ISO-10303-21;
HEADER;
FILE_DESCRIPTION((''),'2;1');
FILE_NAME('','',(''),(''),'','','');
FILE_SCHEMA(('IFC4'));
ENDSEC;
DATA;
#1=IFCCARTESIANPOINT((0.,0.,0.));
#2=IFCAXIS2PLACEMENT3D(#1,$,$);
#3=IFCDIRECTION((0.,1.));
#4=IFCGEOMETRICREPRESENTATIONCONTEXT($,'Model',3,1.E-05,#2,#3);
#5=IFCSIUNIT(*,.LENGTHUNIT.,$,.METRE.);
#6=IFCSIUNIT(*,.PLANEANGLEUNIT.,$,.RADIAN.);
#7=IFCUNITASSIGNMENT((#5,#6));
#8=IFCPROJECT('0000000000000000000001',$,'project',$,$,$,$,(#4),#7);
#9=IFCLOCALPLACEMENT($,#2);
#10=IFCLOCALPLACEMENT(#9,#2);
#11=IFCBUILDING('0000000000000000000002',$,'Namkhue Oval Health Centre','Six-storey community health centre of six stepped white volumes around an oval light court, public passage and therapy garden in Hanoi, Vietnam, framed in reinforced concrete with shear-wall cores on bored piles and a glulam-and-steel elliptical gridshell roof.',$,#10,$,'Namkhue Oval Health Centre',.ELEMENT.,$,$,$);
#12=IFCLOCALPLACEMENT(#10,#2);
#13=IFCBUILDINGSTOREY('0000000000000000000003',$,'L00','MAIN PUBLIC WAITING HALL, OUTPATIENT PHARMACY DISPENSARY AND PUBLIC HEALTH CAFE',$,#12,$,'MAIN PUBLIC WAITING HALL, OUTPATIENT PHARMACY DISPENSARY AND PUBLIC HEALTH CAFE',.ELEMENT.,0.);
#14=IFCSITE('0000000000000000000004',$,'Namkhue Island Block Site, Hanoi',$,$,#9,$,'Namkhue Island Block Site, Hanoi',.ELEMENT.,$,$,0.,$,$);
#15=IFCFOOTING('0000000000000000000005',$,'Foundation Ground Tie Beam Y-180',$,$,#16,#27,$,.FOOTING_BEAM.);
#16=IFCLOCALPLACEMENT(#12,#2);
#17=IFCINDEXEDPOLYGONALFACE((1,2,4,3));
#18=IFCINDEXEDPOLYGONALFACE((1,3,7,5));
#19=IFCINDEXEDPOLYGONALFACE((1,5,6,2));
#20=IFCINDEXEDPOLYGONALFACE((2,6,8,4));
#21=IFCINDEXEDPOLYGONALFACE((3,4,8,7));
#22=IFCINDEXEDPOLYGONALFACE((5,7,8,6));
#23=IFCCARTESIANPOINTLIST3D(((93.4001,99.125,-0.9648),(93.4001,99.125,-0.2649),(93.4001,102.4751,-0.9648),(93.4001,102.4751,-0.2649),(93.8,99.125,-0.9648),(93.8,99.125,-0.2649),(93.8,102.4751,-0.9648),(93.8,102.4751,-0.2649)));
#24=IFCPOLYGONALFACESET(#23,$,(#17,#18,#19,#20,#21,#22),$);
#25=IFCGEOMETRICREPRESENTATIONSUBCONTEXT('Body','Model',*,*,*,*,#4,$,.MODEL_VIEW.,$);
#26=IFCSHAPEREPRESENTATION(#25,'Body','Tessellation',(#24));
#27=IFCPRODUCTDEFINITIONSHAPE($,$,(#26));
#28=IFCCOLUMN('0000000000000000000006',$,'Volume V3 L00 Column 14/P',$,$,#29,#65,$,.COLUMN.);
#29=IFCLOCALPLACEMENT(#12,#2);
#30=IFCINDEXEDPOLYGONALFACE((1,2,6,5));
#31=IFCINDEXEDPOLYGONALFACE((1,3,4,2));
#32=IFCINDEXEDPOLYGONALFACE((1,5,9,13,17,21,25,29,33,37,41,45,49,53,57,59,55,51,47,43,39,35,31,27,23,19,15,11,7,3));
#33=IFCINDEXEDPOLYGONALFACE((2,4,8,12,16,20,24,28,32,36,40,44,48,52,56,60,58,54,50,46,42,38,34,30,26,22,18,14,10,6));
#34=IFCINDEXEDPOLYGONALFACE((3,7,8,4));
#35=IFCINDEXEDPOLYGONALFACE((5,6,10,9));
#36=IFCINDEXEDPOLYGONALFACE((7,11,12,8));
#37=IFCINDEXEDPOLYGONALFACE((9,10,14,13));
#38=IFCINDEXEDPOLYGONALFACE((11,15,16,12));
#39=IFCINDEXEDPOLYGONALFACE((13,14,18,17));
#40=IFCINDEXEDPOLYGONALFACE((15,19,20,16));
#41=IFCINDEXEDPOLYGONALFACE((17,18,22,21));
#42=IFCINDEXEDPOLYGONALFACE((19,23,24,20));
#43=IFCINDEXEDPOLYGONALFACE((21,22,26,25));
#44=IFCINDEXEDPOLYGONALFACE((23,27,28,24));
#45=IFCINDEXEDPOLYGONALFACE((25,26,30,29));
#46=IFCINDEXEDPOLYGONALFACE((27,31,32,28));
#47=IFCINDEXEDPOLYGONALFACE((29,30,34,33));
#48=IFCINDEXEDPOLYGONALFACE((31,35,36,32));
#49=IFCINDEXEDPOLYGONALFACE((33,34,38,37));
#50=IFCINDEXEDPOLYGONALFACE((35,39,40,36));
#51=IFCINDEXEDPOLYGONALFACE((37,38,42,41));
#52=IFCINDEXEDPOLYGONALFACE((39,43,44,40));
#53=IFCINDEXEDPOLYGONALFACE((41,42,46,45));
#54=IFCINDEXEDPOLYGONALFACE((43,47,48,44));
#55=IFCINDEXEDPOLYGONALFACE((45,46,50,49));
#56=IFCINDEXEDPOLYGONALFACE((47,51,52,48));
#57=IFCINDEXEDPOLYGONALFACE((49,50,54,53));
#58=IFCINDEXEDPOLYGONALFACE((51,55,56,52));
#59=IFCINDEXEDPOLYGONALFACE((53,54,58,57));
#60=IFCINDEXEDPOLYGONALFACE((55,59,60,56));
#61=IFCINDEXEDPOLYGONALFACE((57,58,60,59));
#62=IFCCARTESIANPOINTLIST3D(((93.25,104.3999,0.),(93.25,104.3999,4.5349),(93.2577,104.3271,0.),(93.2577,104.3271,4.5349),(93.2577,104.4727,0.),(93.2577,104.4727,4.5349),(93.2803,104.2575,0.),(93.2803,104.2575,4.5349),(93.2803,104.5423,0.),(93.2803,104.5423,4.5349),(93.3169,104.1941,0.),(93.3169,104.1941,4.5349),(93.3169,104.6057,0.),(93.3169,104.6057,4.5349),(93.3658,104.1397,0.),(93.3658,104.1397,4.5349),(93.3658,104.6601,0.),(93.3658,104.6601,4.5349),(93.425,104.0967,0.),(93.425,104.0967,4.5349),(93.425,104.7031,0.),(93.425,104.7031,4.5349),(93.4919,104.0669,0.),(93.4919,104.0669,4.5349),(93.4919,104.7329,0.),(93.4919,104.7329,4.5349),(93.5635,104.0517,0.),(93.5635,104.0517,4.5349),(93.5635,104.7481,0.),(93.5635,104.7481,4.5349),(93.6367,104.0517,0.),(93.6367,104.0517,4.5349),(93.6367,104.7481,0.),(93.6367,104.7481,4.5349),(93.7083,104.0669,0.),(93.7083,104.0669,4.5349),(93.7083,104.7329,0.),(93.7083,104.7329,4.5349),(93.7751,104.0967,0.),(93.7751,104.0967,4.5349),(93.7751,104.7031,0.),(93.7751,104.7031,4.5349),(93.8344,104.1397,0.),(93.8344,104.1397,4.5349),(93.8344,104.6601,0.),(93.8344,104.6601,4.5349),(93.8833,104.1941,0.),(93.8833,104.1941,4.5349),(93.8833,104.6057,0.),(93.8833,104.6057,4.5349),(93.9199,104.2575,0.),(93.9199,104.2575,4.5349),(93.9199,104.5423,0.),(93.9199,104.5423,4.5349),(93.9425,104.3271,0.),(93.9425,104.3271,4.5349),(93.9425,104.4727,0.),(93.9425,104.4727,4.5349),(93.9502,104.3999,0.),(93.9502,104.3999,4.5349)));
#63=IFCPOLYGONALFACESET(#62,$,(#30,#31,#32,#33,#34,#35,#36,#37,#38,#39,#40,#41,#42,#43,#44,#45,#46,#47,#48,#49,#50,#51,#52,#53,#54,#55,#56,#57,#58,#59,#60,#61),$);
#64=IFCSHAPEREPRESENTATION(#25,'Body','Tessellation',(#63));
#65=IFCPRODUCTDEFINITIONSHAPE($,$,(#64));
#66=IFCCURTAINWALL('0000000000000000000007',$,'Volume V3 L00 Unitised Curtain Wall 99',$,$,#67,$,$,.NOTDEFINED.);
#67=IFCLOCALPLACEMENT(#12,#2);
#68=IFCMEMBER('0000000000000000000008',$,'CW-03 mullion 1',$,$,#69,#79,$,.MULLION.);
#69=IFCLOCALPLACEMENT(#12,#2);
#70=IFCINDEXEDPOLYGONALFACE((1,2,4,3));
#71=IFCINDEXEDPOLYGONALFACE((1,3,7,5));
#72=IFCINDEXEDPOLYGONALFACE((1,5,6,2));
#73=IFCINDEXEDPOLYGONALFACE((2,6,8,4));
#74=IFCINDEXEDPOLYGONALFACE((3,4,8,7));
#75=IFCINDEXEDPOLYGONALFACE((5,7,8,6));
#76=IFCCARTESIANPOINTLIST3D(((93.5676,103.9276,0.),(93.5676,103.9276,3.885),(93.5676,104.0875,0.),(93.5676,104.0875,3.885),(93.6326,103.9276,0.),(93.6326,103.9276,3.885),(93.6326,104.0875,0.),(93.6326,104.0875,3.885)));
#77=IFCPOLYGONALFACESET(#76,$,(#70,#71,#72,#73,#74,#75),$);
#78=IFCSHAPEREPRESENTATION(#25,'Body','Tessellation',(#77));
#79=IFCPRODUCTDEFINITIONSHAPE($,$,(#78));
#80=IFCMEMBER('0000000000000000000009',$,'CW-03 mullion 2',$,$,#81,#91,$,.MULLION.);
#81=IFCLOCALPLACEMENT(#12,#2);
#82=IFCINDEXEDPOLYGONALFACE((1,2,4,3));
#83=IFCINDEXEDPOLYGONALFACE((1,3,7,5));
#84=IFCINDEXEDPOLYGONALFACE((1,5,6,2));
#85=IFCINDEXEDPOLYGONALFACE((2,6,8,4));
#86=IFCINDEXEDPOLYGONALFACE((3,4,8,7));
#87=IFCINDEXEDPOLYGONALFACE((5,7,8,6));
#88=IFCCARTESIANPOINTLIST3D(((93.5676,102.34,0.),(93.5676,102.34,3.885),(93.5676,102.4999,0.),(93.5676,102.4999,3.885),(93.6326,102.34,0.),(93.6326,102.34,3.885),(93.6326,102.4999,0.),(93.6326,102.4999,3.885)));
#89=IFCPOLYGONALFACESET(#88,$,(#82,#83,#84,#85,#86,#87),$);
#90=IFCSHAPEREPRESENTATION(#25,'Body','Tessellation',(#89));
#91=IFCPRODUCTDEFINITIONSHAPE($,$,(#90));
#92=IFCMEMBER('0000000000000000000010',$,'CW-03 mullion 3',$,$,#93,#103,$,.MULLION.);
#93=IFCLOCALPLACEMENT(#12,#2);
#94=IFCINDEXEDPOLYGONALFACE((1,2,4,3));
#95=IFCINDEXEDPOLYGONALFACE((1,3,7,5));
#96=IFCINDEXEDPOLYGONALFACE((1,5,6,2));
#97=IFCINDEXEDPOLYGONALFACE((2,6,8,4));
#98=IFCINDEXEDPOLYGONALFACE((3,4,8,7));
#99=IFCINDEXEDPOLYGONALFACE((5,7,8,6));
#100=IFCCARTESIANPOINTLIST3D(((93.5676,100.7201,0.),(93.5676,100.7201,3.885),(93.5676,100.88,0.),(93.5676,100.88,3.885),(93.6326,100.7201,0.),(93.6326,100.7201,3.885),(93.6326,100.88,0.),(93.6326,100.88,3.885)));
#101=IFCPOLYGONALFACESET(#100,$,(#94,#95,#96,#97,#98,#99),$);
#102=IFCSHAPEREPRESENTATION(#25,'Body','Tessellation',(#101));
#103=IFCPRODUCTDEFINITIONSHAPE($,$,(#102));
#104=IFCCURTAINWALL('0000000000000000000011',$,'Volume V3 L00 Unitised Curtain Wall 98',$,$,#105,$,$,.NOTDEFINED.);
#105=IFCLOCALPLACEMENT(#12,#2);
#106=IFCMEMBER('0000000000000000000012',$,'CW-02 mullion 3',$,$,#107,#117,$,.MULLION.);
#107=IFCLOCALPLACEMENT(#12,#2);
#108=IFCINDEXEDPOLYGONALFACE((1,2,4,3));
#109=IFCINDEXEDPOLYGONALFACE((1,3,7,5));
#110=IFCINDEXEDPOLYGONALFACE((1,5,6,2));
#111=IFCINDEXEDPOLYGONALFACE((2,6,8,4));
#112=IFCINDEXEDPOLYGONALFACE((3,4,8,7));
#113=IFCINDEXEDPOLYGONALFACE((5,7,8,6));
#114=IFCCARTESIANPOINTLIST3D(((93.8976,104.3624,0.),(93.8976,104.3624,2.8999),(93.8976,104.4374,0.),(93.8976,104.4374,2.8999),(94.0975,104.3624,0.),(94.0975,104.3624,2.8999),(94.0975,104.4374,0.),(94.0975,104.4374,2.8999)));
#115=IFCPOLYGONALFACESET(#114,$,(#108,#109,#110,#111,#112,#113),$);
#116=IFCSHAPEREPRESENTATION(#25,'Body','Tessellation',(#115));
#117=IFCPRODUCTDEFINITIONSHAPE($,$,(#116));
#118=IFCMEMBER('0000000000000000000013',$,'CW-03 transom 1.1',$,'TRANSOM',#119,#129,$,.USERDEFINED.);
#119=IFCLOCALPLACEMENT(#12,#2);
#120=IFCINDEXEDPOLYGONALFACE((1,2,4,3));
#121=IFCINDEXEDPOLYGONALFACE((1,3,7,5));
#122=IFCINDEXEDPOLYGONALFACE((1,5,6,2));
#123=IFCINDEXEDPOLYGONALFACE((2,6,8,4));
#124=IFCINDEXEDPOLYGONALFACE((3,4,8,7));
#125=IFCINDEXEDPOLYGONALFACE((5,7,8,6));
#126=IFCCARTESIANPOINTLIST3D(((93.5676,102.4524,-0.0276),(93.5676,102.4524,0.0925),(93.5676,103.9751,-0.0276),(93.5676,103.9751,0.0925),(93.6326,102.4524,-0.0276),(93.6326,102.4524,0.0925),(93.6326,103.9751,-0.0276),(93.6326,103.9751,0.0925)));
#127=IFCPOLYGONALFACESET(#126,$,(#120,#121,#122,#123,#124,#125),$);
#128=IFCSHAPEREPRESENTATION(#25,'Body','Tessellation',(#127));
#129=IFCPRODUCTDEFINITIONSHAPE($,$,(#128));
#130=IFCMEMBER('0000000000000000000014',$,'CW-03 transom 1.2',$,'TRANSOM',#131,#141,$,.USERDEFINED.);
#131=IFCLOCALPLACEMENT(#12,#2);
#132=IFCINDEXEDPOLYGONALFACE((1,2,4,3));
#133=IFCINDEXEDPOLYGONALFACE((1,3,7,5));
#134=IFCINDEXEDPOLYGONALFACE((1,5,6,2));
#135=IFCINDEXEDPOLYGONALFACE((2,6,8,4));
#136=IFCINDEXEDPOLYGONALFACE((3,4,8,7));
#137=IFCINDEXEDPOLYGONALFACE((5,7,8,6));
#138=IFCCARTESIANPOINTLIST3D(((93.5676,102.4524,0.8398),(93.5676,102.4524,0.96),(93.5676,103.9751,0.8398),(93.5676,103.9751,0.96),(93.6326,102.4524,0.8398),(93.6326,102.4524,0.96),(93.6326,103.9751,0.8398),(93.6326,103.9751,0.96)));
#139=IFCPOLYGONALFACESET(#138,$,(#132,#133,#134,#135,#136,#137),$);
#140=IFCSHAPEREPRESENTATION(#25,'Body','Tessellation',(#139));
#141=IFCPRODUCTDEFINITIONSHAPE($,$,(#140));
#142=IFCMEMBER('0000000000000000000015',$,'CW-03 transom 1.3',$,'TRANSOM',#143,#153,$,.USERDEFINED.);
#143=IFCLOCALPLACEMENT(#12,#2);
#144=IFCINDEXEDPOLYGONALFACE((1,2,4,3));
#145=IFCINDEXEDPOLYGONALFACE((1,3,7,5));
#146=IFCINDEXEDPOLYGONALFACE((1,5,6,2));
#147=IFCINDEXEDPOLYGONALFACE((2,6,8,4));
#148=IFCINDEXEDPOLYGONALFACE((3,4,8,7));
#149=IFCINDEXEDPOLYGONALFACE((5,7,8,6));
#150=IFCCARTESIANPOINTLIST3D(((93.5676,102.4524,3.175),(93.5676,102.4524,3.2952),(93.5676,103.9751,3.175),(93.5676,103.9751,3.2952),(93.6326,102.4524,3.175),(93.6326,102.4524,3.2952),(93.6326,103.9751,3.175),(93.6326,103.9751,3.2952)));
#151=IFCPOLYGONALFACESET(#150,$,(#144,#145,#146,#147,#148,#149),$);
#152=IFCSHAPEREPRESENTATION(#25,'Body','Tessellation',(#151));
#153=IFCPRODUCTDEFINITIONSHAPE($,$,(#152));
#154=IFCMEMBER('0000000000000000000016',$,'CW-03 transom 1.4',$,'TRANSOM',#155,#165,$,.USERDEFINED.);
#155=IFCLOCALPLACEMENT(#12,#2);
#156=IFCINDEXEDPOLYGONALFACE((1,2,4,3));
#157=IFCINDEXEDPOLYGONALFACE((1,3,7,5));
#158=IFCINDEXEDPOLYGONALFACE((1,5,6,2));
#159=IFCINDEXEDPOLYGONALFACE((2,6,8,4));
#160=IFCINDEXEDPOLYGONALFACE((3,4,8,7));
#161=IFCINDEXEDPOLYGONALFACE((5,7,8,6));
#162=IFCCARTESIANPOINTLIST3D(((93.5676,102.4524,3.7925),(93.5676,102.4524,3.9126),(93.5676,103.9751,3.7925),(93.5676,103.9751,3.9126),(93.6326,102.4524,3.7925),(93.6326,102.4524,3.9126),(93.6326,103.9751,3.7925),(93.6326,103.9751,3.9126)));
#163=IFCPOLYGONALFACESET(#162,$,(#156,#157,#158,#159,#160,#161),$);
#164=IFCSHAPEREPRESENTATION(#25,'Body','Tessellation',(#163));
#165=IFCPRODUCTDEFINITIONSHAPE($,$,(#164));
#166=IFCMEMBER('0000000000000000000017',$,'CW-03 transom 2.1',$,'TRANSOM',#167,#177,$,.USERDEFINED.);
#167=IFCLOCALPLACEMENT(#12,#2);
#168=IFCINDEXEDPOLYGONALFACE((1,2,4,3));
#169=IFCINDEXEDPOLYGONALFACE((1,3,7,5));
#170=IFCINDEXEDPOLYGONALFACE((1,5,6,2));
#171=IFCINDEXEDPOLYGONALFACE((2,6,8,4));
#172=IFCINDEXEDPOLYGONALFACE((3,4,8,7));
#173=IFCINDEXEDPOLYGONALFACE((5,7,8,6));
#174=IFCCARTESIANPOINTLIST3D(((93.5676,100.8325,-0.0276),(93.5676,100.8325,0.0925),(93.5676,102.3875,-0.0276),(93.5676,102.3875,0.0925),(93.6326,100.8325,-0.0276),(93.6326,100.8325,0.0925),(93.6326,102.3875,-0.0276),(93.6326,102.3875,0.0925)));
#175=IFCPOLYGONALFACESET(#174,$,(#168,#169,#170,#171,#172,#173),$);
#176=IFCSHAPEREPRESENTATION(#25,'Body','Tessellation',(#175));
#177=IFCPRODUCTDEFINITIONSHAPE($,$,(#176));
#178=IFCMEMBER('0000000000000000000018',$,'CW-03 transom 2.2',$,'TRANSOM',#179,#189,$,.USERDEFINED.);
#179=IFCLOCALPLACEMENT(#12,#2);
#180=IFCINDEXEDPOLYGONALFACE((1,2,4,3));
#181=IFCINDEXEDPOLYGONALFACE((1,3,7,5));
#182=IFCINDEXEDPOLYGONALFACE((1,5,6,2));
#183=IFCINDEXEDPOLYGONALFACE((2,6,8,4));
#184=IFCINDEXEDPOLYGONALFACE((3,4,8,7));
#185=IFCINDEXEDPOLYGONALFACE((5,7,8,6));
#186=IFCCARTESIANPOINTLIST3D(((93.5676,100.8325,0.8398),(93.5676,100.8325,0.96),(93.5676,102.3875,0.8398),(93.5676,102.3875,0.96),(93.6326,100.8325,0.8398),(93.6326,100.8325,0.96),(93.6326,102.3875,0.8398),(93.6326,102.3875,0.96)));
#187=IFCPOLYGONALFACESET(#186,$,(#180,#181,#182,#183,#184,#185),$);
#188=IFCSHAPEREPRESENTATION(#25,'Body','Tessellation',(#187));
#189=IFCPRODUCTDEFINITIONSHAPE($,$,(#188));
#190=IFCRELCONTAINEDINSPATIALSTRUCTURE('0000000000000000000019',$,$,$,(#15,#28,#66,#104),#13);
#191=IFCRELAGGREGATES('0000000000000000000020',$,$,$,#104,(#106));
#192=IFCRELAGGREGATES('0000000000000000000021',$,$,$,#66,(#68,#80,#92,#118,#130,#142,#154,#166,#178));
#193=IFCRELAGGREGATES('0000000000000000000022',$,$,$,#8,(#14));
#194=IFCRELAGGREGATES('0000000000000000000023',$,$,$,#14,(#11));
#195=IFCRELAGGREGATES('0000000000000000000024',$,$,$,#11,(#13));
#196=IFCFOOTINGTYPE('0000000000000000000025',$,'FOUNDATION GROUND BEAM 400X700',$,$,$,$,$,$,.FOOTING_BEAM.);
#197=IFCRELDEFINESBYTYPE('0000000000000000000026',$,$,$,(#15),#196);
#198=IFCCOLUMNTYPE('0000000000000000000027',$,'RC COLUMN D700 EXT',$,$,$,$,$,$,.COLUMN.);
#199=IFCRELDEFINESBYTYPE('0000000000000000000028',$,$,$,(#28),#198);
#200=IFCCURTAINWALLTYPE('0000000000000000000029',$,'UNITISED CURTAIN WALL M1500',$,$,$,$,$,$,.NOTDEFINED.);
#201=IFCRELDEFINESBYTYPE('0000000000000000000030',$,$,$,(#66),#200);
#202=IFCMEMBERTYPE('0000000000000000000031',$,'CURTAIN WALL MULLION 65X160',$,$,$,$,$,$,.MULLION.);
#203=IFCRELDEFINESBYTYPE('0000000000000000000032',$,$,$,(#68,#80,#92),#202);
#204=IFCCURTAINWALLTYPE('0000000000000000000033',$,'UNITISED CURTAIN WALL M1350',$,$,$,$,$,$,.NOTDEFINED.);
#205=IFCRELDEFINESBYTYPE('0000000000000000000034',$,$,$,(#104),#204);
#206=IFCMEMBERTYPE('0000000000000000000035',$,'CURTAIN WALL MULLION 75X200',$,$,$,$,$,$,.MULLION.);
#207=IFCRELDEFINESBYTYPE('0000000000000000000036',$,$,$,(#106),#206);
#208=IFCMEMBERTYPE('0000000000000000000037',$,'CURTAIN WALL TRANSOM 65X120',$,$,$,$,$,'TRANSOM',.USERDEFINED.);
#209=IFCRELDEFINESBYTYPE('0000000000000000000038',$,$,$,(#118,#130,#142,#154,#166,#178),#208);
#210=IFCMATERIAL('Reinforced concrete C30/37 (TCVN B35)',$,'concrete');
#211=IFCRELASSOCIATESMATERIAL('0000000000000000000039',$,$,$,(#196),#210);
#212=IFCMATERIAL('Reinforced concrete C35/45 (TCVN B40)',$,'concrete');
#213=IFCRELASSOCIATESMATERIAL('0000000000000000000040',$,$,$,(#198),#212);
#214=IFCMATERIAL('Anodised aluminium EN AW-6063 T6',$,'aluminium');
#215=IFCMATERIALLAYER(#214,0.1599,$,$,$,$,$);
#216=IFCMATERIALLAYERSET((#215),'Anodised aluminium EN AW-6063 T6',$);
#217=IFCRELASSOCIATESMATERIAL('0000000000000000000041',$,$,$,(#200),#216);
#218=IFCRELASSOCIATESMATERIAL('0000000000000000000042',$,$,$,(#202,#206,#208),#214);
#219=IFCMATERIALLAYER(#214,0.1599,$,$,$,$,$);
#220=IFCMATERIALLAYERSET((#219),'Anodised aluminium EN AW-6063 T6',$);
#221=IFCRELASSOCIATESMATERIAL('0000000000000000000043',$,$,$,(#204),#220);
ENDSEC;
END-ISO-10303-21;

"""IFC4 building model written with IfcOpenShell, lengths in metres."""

from ifc_helpers import new_model, si_unit, direction, frame, origin, origin_2d, place, context, subcontext, project, spatial, rectangle, circle, extrude, material, layer, layer_set, material_profile, profile_set, type_object, element, aggregate, save


model = new_model("IFC4")

# Units and contexts
model_context = context("Model", 3, precision=1e-05, world=origin(), true_north=direction((0.0, 1.0)))
body_context = subcontext(model_context, "Body", "Model", "MODEL_VIEW")
ifc_project = project(units=[si_unit("LENGTHUNIT", "METRE"), si_unit("PLANEANGLEUNIT", "RADIAN")], contexts=[model_context])

# Site, building, storey
site_placement = place(None, origin())
site = spatial("IfcSite", under=ifc_project, at=site_placement, Name="Namkhue Island Block Site, Hanoi", LongName="Namkhue Island Block Site, Hanoi", CompositionType="ELEMENT", RefElevation=0.0)
building_placement = place(site_placement, origin())
building = spatial("IfcBuilding", under=site, at=building_placement, Name="Namkhue Oval Health Centre", Description="Six-storey community health centre of six stepped white volumes around an oval light court, public passage and therapy garden in Hanoi, Vietnam, framed in reinforced concrete with shear-wall cores on bored piles and a glulam-and-steel elliptical gridshell roof.", LongName="Namkhue Oval Health Centre", CompositionType="ELEMENT")
storey_placement = place(building_placement, origin())
storey = spatial("IfcBuildingStorey", under=building, at=storey_placement, Name="L00", Description="MAIN PUBLIC WAITING HALL, OUTPATIENT PHARMACY DISPENSARY AND PUBLIC HEALTH CAFE", LongName="MAIN PUBLIC WAITING HALL, OUTPATIENT PHARMACY DISPENSARY AND PUBLIC HEALTH CAFE", CompositionType="ELEMENT", Elevation=0.0)

# Footing
ifc_material_1 = material(Name="Reinforced concrete C30/37 (TCVN B35)", Category="concrete")
footing_type = type_object("IfcFootingType", Name="FOUNDATION GROUND BEAM 400X700", PredefinedType="FOOTING_BEAM", material=ifc_material_1)
footing_placement = place(storey_placement, frame((93.6001, 100.8, -0.9648), z_axis=(0.0, 0.0, 1.0), x_axis=(0.0, 1.0, 0.0)))
element("IfcFooting", 1, at=footing_placement, inside=storey, type_object=footing_type, Name="Foundation Ground Tie Beam Y-180", PredefinedType="FOOTING_BEAM", context=body_context, shape_type="SweptSolid", body=[
    extrude(rectangle(XDim=3.3501, YDim=0.3999, at=origin_2d()), origin(), (0.0, 0.0, 1.0), 0.7),
])

# Column
ifc_material_2 = material(Name="Reinforced concrete C35/45 (TCVN B40)", Category="concrete")
ifc_material_profile_1 = material_profile(ifc_material_2, circle(Radius=0.3501, at=origin_2d()), Name="RC D700")
ifc_profile_set_1 = profile_set([ifc_material_profile_1], Name="Reinforced concrete C35/45 (TCVN B40)")
column_type = type_object("IfcColumnType", Name="RC COLUMN D700 EXT", PredefinedType="COLUMN", material=ifc_profile_set_1)
column_placement = place(storey_placement, frame((93.6001, 104.3999, 0.0), z_axis=(0.0, 0.0, 1.0), x_axis=(1.0, 0.0, 0.0)))
element("IfcColumn", 2, at=column_placement, inside=storey, type_object=column_type, Name="Volume V3 L00 Column 14/P", PredefinedType="COLUMN", context=body_context, shape_type="SweptSolid", body=[
    extrude(circle(Radius=0.3501, at=origin_2d()), origin(), (0.0, 0.0, 1.0), 4.5349),
])

# Curtain wall, members
ifc_material_3 = material(Name="Anodised aluminium EN AW-6063 T6", Category="aluminium")
ifc_layer_1 = layer(ifc_material_3, 0.1599)
ifc_layer_set_1 = layer_set([ifc_layer_1], Name="Anodised aluminium EN AW-6063 T6")
curtain_wall_type_1 = type_object("IfcCurtainWallType", Name="UNITISED CURTAIN WALL M1500", PredefinedType="NOTDEFINED", material=ifc_layer_set_1)
curtain_wall_1_placement = place(storey_placement, origin())
curtain_wall_1 = element("IfcCurtainWall", 3, at=curtain_wall_1_placement, inside=storey, type_object=curtain_wall_type_1, Name="Volume V3 L00 Unitised Curtain Wall 99", PredefinedType="NOTDEFINED")
ifc_material_profile_2 = material_profile(ifc_material_3, rectangle(XDim=0.0649, YDim=0.1599, at=origin_2d()), Name="ALU 65x160")
ifc_profile_set_2 = profile_set([ifc_material_profile_2], Name="Anodised aluminium EN AW-6063 T6")
member_type_1 = type_object("IfcMemberType", Name="CURTAIN WALL MULLION 65X160", PredefinedType="MULLION", material=ifc_profile_set_2)
member_1_placement = place(storey_placement, frame((93.6001, 104.0076, 0.0), z_axis=(0.0, 0.0, 1.0), x_axis=(1.0, 0.0, 0.0)))
member_1 = element("IfcMember", 4, at=member_1_placement, type_object=member_type_1, Name="CW-03 mullion 1", PredefinedType="MULLION", context=body_context, shape_type="SweptSolid", body=[
    extrude(rectangle(XDim=0.0649, YDim=0.1599, at=origin_2d()), origin(), (0.0, 0.0, 1.0), 3.885),
])
member_2_placement = place(storey_placement, frame((93.6001, 102.4199, 0.0), z_axis=(0.0, 0.0, 1.0), x_axis=(1.0, 0.0, 0.0)))
member_2 = element("IfcMember", 5, at=member_2_placement, type_object=member_type_1, Name="CW-03 mullion 2", PredefinedType="MULLION", context=body_context, shape_type="SweptSolid", body=[
    extrude(rectangle(XDim=0.0649, YDim=0.1599, at=origin_2d()), origin(), (0.0, 0.0, 1.0), 3.885),
])
member_3_placement = place(storey_placement, frame((93.6001, 100.8, 0.0), z_axis=(0.0, 0.0, 1.0), x_axis=(1.0, 0.0, 0.0)))
member_3 = element("IfcMember", 6, at=member_3_placement, type_object=member_type_1, Name="CW-03 mullion 3", PredefinedType="MULLION", context=body_context, shape_type="SweptSolid", body=[
    extrude(rectangle(XDim=0.0649, YDim=0.1599, at=origin_2d()), origin(), (0.0, 0.0, 1.0), 3.885),
])

# Curtain wall, member
ifc_layer_2 = layer(ifc_material_3, 0.1599)
ifc_layer_set_2 = layer_set([ifc_layer_2], Name="Anodised aluminium EN AW-6063 T6")
curtain_wall_type_2 = type_object("IfcCurtainWallType", Name="UNITISED CURTAIN WALL M1350", PredefinedType="NOTDEFINED", material=ifc_layer_set_2)
curtain_wall_2_placement = place(storey_placement, origin())
curtain_wall_2 = element("IfcCurtainWall", 7, at=curtain_wall_2_placement, inside=storey, type_object=curtain_wall_type_2, Name="Volume V3 L00 Unitised Curtain Wall 98", PredefinedType="NOTDEFINED")
ifc_material_profile_3 = material_profile(ifc_material_3, rectangle(XDim=0.075, YDim=0.2, at=origin_2d()), Name="ALU 75x200")
ifc_profile_set_3 = profile_set([ifc_material_profile_3], Name="Anodised aluminium EN AW-6063 T6")
member_type_2 = type_object("IfcMemberType", Name="CURTAIN WALL MULLION 75X200", PredefinedType="MULLION", material=ifc_profile_set_3)
member_4_placement = place(storey_placement, frame((93.9976, 104.3999, 0.0), z_axis=(0.0, 0.0, 1.0), x_axis=(0.0, -1.0, 0.0)))
member_4 = element("IfcMember", 8, at=member_4_placement, type_object=member_type_2, Name="CW-02 mullion 3", PredefinedType="MULLION", context=body_context, shape_type="SweptSolid", body=[
    extrude(rectangle(XDim=0.075, YDim=0.2, at=origin_2d()), origin(), (0.0, 0.0, 1.0), 2.8999),
])

# Members
ifc_material_profile_4 = material_profile(ifc_material_3, rectangle(XDim=0.0649, YDim=0.1201, at=origin_2d()), Name="ALU 65x120")
ifc_profile_set_4 = profile_set([ifc_material_profile_4], Name="Anodised aluminium EN AW-6063 T6")
member_type_3 = type_object("IfcMemberType", Name="CURTAIN WALL TRANSOM 65X120", ElementType="TRANSOM", PredefinedType="USERDEFINED", material=ifc_profile_set_4)
member_5_placement = place(storey_placement, frame((93.6001, 103.9751, 0.0325), z_axis=(0.0, -1.0, 0.0), x_axis=(1.0, 0.0, 0.0)))
member_5 = element("IfcMember", 9, at=member_5_placement, type_object=member_type_3, Name="CW-03 transom 1.1", ObjectType="TRANSOM", PredefinedType="USERDEFINED", context=body_context, shape_type="SweptSolid", body=[
    extrude(rectangle(XDim=0.0649, YDim=0.1201, at=origin_2d()), origin(), (0.0, 0.0, 1.0), 1.5227),
])
member_6_placement = place(storey_placement, frame((93.6001, 103.9751, 0.8999), z_axis=(0.0, -1.0, 0.0), x_axis=(1.0, 0.0, 0.0)))
member_6 = element("IfcMember", 10, at=member_6_placement, type_object=member_type_3, Name="CW-03 transom 1.2", ObjectType="TRANSOM", PredefinedType="USERDEFINED", context=body_context, shape_type="SweptSolid", body=[
    extrude(rectangle(XDim=0.0649, YDim=0.1201, at=origin_2d()), origin(), (0.0, 0.0, 1.0), 1.5227),
])
member_7_placement = place(storey_placement, frame((93.6001, 103.9751, 3.2351), z_axis=(0.0, -1.0, 0.0), x_axis=(1.0, 0.0, 0.0)))
member_7 = element("IfcMember", 11, at=member_7_placement, type_object=member_type_3, Name="CW-03 transom 1.3", ObjectType="TRANSOM", PredefinedType="USERDEFINED", context=body_context, shape_type="SweptSolid", body=[
    extrude(rectangle(XDim=0.0649, YDim=0.1201, at=origin_2d()), origin(), (0.0, 0.0, 1.0), 1.5227),
])
member_8_placement = place(storey_placement, frame((93.6001, 103.9751, 3.8525), z_axis=(0.0, -1.0, 0.0), x_axis=(1.0, 0.0, 0.0)))
member_8 = element("IfcMember", 12, at=member_8_placement, type_object=member_type_3, Name="CW-03 transom 1.4", ObjectType="TRANSOM", PredefinedType="USERDEFINED", context=body_context, shape_type="SweptSolid", body=[
    extrude(rectangle(XDim=0.0649, YDim=0.1201, at=origin_2d()), origin(), (0.0, 0.0, 1.0), 1.5227),
])
member_9_placement = place(storey_placement, frame((93.6001, 102.3875, 0.0325), z_axis=(0.0, -1.0, 0.0), x_axis=(1.0, 0.0, 0.0)))
member_9 = element("IfcMember", 13, at=member_9_placement, type_object=member_type_3, Name="CW-03 transom 2.1", ObjectType="TRANSOM", PredefinedType="USERDEFINED", context=body_context, shape_type="SweptSolid", body=[
    extrude(rectangle(XDim=0.0649, YDim=0.1201, at=origin_2d()), origin(), (0.0, 0.0, 1.0), 1.5549),
])
member_10_placement = place(storey_placement, frame((93.6001, 102.3875, 0.8999), z_axis=(0.0, -1.0, 0.0), x_axis=(1.0, 0.0, 0.0)))
member_10 = element("IfcMember", 14, at=member_10_placement, type_object=member_type_3, Name="CW-03 transom 2.2", ObjectType="TRANSOM", PredefinedType="USERDEFINED", context=body_context, shape_type="SweptSolid", body=[
    extrude(rectangle(XDim=0.0649, YDim=0.1201, at=origin_2d()), origin(), (0.0, 0.0, 1.0), 1.5549),
])

aggregate(curtain_wall_2, [member_4])
aggregate(curtain_wall_1, [member_1, member_2, member_3, member_5, member_6, member_7, member_8, member_9, member_10])

save(model, "model.ifc")
